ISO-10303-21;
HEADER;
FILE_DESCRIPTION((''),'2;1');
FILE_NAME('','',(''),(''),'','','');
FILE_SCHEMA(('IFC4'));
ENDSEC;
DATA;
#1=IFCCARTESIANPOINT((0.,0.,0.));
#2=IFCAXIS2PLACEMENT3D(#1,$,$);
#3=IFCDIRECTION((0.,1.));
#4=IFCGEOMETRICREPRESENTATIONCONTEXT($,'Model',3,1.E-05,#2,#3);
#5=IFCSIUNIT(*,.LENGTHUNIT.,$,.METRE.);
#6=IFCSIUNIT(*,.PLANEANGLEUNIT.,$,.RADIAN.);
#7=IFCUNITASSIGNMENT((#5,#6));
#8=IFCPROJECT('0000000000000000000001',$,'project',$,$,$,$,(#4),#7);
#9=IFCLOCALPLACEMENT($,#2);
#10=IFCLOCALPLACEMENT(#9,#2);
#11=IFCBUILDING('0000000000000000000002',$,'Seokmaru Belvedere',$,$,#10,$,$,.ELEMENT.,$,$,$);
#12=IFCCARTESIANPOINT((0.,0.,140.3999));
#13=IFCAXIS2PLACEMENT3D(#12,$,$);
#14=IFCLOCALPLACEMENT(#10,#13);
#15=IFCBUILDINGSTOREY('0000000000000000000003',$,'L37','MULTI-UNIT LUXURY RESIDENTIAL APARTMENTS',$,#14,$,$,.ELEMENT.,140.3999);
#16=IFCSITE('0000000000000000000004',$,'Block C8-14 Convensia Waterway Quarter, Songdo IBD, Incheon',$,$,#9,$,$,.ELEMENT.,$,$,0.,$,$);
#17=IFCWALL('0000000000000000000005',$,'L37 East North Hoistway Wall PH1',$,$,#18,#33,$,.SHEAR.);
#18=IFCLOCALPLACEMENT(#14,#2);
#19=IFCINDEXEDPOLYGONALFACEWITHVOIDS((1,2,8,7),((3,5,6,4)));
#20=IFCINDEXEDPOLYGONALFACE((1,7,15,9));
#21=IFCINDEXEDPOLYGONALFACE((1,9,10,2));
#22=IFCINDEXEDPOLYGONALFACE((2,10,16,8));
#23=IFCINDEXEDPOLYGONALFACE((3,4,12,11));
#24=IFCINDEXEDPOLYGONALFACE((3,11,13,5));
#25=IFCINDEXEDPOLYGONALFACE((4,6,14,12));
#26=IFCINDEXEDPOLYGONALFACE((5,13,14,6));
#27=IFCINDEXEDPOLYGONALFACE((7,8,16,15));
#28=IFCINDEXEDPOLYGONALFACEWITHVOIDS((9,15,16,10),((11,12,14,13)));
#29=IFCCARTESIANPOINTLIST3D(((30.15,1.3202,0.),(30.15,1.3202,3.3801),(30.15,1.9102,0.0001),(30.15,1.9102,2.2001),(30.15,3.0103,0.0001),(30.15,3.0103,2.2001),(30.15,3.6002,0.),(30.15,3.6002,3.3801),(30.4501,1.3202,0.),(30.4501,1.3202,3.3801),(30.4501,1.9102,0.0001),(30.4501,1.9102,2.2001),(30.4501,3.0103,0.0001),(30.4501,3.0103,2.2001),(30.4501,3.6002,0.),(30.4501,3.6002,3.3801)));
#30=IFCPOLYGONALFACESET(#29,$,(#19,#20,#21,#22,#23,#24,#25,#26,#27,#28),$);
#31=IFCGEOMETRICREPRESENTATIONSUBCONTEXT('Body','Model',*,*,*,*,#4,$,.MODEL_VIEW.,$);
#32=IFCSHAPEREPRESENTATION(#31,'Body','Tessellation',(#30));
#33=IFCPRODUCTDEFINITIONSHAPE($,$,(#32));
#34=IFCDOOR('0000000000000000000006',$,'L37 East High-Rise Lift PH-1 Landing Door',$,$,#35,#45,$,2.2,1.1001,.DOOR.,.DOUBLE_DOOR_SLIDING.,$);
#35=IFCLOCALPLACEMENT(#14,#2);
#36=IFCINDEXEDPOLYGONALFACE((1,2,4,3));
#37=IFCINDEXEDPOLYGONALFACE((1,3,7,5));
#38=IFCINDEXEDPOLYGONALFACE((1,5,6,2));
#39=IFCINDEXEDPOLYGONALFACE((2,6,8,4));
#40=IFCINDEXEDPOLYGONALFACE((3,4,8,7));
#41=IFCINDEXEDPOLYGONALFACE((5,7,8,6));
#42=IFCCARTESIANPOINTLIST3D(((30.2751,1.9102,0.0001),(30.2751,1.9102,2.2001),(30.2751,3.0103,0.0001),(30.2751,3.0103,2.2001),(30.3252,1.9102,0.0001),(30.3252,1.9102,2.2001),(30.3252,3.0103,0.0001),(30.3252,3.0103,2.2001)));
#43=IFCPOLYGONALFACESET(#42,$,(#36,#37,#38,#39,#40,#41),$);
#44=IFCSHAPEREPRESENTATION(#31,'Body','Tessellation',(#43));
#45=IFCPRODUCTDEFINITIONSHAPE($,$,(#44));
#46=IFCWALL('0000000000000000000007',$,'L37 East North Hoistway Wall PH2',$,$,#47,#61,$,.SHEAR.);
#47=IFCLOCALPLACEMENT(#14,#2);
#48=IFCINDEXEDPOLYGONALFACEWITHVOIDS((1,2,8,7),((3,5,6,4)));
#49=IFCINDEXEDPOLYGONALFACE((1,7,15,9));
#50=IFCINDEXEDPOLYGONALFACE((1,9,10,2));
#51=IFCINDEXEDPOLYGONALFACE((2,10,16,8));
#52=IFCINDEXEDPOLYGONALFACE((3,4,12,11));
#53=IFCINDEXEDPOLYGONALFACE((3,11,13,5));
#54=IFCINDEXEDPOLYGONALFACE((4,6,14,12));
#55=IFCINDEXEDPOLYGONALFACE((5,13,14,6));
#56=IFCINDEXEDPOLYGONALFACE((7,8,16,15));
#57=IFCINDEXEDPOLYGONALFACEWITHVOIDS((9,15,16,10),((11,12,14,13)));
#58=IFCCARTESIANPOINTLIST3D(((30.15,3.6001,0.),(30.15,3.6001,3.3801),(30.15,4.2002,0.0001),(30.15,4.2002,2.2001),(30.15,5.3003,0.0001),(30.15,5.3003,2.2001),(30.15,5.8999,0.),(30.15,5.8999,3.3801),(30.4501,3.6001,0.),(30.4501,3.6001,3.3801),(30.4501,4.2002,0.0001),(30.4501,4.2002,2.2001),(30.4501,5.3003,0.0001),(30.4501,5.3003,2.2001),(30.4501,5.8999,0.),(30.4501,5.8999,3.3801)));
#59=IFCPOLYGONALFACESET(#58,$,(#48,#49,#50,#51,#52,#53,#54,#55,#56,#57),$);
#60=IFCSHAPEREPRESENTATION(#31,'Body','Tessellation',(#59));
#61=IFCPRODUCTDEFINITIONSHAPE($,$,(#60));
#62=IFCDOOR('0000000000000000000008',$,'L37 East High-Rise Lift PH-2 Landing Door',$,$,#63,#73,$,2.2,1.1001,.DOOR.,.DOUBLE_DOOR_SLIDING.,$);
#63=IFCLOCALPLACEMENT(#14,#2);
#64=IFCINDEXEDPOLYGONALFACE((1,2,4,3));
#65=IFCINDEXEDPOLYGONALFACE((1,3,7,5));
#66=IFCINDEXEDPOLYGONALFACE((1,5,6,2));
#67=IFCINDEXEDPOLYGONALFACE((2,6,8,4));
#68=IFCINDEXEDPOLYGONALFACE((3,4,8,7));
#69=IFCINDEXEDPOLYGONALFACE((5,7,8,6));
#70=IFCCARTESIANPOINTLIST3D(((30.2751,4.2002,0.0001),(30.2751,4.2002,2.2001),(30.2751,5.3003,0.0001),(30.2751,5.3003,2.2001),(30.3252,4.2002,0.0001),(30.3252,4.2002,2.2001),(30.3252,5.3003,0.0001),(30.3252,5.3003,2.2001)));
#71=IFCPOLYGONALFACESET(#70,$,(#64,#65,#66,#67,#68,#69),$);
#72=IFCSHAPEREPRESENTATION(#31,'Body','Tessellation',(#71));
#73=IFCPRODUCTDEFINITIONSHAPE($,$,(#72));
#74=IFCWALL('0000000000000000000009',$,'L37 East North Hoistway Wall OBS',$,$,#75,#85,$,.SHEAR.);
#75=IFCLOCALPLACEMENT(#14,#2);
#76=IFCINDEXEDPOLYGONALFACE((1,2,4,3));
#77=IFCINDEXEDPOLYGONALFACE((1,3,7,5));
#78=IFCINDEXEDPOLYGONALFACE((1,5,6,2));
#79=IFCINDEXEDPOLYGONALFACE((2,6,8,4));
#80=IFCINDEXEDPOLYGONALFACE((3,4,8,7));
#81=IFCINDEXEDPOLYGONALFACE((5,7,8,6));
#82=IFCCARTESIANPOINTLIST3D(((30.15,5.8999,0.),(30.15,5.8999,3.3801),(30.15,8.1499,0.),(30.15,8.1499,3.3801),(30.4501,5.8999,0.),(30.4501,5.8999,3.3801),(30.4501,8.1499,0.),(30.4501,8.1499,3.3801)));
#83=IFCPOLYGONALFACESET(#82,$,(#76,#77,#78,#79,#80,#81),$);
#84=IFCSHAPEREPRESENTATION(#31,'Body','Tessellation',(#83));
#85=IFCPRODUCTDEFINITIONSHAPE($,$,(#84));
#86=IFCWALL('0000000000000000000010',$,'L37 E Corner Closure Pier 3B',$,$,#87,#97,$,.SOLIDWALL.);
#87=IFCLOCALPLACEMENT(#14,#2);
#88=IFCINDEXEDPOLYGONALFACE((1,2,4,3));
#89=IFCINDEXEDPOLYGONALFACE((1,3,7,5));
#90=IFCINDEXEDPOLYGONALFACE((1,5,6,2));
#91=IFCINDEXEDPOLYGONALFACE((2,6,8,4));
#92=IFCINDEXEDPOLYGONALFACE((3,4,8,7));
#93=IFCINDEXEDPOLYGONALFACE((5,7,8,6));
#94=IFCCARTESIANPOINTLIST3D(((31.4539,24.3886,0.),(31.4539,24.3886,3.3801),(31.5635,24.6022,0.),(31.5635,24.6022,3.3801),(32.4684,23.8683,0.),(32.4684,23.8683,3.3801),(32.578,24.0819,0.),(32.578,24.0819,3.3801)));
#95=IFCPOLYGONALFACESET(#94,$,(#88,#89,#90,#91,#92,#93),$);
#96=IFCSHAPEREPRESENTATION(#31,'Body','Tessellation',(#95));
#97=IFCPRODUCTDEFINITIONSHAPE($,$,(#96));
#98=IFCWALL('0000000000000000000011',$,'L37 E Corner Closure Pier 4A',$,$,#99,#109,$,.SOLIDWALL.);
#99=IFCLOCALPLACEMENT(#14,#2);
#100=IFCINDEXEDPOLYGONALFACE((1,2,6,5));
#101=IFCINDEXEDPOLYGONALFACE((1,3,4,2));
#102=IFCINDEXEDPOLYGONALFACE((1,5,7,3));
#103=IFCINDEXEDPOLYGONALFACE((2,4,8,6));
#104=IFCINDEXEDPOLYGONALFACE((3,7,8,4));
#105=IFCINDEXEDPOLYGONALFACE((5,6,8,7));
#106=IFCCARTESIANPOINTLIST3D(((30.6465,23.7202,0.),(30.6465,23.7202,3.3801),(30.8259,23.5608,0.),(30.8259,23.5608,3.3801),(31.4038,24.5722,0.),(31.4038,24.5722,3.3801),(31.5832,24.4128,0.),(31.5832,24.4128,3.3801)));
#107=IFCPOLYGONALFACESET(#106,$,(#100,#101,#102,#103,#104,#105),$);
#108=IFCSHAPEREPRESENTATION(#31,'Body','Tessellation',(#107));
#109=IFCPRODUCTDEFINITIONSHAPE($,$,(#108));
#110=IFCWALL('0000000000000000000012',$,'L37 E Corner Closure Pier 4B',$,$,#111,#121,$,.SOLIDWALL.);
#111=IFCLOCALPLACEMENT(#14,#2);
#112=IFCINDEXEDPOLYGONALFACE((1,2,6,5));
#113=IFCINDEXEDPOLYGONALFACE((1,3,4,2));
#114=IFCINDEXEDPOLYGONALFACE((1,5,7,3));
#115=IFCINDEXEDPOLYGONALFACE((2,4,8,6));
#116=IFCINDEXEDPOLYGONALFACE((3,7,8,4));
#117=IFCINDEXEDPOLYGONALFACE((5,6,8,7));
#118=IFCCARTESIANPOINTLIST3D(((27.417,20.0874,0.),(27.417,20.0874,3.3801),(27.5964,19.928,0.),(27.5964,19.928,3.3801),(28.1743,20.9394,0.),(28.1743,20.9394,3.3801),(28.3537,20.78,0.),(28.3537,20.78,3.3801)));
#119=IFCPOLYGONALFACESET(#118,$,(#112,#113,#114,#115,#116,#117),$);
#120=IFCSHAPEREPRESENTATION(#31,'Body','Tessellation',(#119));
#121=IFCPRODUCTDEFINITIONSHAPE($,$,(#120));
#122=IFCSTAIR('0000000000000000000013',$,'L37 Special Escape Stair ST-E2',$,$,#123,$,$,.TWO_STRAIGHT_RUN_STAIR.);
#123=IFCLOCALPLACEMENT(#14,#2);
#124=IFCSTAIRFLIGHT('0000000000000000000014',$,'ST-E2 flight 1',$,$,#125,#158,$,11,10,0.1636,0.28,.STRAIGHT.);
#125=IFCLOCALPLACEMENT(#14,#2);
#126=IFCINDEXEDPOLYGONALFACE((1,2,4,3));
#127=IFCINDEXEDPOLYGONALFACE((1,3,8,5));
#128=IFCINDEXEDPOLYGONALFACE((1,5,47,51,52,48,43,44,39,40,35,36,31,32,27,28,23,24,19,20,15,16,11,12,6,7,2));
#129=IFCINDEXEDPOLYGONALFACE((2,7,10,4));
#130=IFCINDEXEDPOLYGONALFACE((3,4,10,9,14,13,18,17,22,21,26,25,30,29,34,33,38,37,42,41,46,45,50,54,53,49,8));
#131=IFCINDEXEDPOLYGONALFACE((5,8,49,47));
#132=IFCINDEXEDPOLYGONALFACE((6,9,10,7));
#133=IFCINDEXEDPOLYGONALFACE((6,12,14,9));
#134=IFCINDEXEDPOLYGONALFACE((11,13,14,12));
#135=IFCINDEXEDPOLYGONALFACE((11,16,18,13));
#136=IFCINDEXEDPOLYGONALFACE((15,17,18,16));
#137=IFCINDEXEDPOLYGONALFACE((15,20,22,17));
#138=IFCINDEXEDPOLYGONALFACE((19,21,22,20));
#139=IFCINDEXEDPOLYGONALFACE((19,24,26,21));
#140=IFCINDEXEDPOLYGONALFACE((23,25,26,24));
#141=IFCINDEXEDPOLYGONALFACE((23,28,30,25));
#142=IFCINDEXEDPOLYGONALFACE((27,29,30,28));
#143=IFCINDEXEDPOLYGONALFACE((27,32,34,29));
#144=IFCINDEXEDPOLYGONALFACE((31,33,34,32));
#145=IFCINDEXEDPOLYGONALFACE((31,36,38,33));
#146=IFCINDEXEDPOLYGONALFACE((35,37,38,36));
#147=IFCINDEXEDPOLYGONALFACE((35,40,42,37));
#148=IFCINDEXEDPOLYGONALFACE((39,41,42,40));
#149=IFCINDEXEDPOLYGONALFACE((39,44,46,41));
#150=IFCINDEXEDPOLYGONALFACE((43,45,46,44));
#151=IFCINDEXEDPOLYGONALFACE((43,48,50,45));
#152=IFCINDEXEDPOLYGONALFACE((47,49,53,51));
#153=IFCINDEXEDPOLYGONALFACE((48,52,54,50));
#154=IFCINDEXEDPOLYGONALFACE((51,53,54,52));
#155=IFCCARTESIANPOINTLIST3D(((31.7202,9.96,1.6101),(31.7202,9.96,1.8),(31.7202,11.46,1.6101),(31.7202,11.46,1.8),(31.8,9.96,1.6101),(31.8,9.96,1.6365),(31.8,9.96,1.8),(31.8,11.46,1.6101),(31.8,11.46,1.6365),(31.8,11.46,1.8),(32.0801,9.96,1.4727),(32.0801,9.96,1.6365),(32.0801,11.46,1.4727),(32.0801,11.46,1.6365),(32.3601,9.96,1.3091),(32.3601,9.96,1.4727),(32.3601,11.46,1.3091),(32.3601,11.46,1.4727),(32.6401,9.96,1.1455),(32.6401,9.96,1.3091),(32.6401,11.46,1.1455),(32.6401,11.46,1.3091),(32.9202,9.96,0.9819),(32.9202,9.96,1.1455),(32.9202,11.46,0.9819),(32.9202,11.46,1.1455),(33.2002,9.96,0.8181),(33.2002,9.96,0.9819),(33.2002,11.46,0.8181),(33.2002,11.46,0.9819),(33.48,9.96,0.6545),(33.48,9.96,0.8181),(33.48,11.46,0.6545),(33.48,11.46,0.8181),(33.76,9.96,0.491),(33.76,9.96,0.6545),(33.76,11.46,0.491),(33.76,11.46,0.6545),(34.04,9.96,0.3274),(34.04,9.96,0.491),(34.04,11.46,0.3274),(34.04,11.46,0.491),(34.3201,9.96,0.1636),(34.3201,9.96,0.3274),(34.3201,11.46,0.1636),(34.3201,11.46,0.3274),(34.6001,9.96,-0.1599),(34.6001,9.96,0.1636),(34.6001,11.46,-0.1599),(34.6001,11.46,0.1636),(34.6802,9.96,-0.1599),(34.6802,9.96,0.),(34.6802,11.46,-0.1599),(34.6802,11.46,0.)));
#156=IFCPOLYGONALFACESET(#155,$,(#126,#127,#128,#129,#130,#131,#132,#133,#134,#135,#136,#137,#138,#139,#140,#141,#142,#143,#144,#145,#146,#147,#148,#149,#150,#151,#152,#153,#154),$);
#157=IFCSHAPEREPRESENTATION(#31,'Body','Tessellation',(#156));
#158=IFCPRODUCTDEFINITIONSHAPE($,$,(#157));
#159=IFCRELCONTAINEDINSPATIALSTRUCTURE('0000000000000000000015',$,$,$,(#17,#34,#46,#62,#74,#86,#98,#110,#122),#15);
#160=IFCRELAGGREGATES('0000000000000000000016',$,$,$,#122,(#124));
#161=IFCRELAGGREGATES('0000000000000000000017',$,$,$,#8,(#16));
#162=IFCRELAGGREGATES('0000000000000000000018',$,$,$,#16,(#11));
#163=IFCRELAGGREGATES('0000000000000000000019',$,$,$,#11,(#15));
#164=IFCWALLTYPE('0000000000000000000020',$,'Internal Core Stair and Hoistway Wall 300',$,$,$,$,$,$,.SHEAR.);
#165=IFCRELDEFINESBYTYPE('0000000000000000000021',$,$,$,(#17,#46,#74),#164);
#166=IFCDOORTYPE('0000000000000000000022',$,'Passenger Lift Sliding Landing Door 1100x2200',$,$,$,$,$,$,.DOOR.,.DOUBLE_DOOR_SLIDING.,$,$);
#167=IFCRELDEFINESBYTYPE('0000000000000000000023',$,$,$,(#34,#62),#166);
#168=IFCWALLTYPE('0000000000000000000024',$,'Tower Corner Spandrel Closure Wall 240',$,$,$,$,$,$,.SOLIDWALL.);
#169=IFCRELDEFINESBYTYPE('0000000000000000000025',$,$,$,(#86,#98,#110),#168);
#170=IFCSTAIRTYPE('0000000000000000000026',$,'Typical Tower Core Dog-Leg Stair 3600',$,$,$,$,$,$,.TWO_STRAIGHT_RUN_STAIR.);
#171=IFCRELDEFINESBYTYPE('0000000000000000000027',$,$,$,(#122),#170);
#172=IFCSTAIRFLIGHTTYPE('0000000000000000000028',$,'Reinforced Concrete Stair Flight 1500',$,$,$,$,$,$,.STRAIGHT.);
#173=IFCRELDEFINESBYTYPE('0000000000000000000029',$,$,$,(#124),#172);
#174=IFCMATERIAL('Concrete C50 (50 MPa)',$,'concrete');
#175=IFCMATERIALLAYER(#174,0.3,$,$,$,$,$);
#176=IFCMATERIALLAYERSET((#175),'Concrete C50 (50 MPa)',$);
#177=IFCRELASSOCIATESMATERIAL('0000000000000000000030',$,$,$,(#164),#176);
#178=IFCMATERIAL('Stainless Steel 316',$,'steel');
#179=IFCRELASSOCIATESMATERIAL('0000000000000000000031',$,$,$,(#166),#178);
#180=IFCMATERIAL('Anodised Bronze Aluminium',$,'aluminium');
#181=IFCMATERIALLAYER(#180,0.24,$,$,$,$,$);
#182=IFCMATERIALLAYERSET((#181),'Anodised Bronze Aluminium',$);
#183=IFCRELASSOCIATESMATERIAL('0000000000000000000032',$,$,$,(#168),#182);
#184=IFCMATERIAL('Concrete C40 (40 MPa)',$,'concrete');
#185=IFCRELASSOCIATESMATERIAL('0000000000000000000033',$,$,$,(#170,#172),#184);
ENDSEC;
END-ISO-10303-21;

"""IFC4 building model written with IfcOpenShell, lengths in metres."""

from ifc_helpers import new_model, si_unit, direction, frame, frame_2d, origin, place, context, subcontext, project, spatial, polyline, rectangle, outline, extrude, source, transform, mapped, material, layer, layer_set, type_object, type_shapes, element, fill, aggregate, save


model = new_model("IFC4")

# Units and contexts
model_context = context("Model", 3, precision=1e-05, world=origin(), true_north=direction((0.0, 1.0)))
body_context = subcontext(model_context, "Body", "Model", "MODEL_VIEW")
ifc_project = project(units=[si_unit("LENGTHUNIT", "METRE"), si_unit("PLANEANGLEUNIT", "RADIAN")], contexts=[model_context])

# Site, building, storey
site_placement = place(None, origin())
site = spatial("IfcSite", under=ifc_project, at=site_placement, Name="Block C8-14 Convensia Waterway Quarter, Songdo IBD, Incheon", CompositionType="ELEMENT", RefElevation=0.0)
building_placement = place(site_placement, origin())
building = spatial("IfcBuilding", under=site, at=building_placement, Name="Seokmaru Belvedere", CompositionType="ELEMENT")
storey_placement = place(building_placement, frame((0.0, 0.0, 140.3999)))
storey = spatial("IfcBuildingStorey", under=building, at=storey_placement, Name="L37", Description="MULTI-UNIT LUXURY RESIDENTIAL APARTMENTS", CompositionType="ELEMENT", Elevation=140.3999)

# Shared definitions
ifc_material_1 = material(Name="Anodised Bronze Aluminium", Category="aluminium")

# Walls, openings, doors
ifc_material_2 = material(Name="Concrete C50 (50 MPa)", Category="concrete")
ifc_layer_1 = layer(ifc_material_2, 0.3)
ifc_layer_set_1 = layer_set([ifc_layer_1], Name="Concrete C50 (50 MPa)")
wall_type_1 = type_object("IfcWallType", Name="Internal Core Stair and Hoistway Wall 300", PredefinedType="SHEAR", material=ifc_layer_set_1)
wall_1_placement = place(storey_placement, frame((30.3, 1.3201, 0.0), z_axis=(0.0, 0.0, 1.0), x_axis=(0.0, 1.0, 0.0)))
wall_1 = element("IfcWall", 1, at=wall_1_placement, inside=storey, type_object=wall_type_1, Name="L37 East North Hoistway Wall PH1", PredefinedType="SHEAR", context=body_context, shape_type="SweptSolid", body=[
    extrude(rectangle(XDim=2.28, YDim=0.3, at=frame_2d((1.1401, 0.0))), origin(), (0.0, 0.0, 1.0), 3.3801),
])
opening_1_placement = place(wall_1_placement, frame((0.5901, 0.0, 0.0)))
opening_1 = element("IfcOpeningElement", 2, at=opening_1_placement, cuts=wall_1, PredefinedType="OPENING", context=body_context, shape_type="SweptSolid", body=[
    extrude(rectangle(XDim=1.1001, YDim=2.2, at=frame_2d((0.55, 1.1001))), frame((0.0, 0.1602, 0.0), z_axis=(0.0, -1.0, 0.0), x_axis=(1.0, 0.0, 0.0)), (0.0, 0.0, 1.0), 0.3201),
])
ifc_material_3 = material(Name="Stainless Steel 316", Category="steel")
door_type_1 = type_object("IfcDoorType", Name="Passenger Lift Sliding Landing Door 1100x2200", OperationType="DOUBLE_DOOR_SLIDING", PredefinedType="DOOR", material=ifc_material_3)
shared_shape_1 = source(origin(), body_context, "Body", "SweptSolid", [
    extrude(rectangle(XDim=1.1001, YDim=2.2, at=frame_2d((0.55, 1.1001))), frame((0.0, 0.0249, 0.0), z_axis=(0.0, -1.0, 0.0), x_axis=(1.0, 0.0, 0.0)), (0.0, 0.0, 1.0), 0.05),
])
type_shapes(door_type_1, [shared_shape_1])
door_1_placement = place(opening_1_placement, origin())
door_1 = element("IfcDoor", 3, at=door_1_placement, inside=storey, type_object=door_type_1, Name="L37 East High-Rise Lift PH-1 Landing Door", OperationType="DOUBLE_DOOR_SLIDING", OverallHeight=2.2, OverallWidth=1.1001, PredefinedType="DOOR", context=body_context, shape_type="MappedRepresentation", body=[
    mapped(shared_shape_1, transform((0.0, 0.0, 0.0), scale=1.0)),
])
fill(opening_1, door_1)
wall_2_placement = place(storey_placement, frame((30.3, 3.6001, 0.0), z_axis=(0.0, 0.0, 1.0), x_axis=(0.0, 1.0, 0.0)))
wall_2 = element("IfcWall", 4, at=wall_2_placement, inside=storey, type_object=wall_type_1, Name="L37 East North Hoistway Wall PH2", PredefinedType="SHEAR", context=body_context, shape_type="SweptSolid", body=[
    extrude(rectangle(XDim=2.2998, YDim=0.3, at=frame_2d((1.1499, 0.0))), origin(), (0.0, 0.0, 1.0), 3.3801),
])
opening_2_placement = place(wall_2_placement, frame((0.6001, 0.0, 0.0)))
opening_2 = element("IfcOpeningElement", 5, at=opening_2_placement, cuts=wall_2, PredefinedType="OPENING", context=body_context, shape_type="SweptSolid", body=[
    extrude(rectangle(XDim=1.1001, YDim=2.2, at=frame_2d((0.55, 1.1001))), frame((0.0, 0.1602, 0.0), z_axis=(0.0, -1.0, 0.0), x_axis=(1.0, 0.0, 0.0)), (0.0, 0.0, 1.0), 0.3201),
])
door_2_placement = place(opening_2_placement, origin())
door_2 = element("IfcDoor", 6, at=door_2_placement, inside=storey, type_object=door_type_1, Name="L37 East High-Rise Lift PH-2 Landing Door", OperationType="DOUBLE_DOOR_SLIDING", OverallHeight=2.2, OverallWidth=1.1001, PredefinedType="DOOR", context=body_context, shape_type="MappedRepresentation", body=[
    mapped(shared_shape_1, transform((0.0, 0.0, 0.0), scale=1.0)),
])
fill(opening_2, door_2)

# Wall
wall_3_placement = place(storey_placement, frame((30.3, 5.8999, 0.0), z_axis=(0.0, 0.0, 1.0), x_axis=(0.0, 1.0, 0.0)))
element("IfcWall", 7, at=wall_3_placement, inside=storey, type_object=wall_type_1, Name="L37 East North Hoistway Wall OBS", PredefinedType="SHEAR", context=body_context, shape_type="SweptSolid", body=[
    extrude(rectangle(XDim=2.25, YDim=0.3, at=frame_2d((1.125, 0.0))), origin(), (0.0, 0.0, 1.0), 3.3801),
])

# Walls
ifc_layer_2 = layer(ifc_material_1, 0.24)
ifc_layer_set_2 = layer_set([ifc_layer_2], Name="Anodised Bronze Aluminium")
wall_type_2 = type_object("IfcWallType", Name="Tower Corner Spandrel Closure Wall 240", PredefinedType="SOLIDWALL", material=ifc_layer_set_2)
wall_4_placement = place(storey_placement, frame((32.5232, 23.9751, 0.0), z_axis=(0.0, 0.0, 1.0), x_axis=(-0.889797, 0.456356, 0.0)))
element("IfcWall", 8, at=wall_4_placement, inside=storey, type_object=wall_type_2, Name="L37 E Corner Closure Pier 3B", PredefinedType="SOLIDWALL", context=body_context, shape_type="SweptSolid", body=[
    extrude(rectangle(XDim=1.1401, YDim=0.24, at=frame_2d((0.5701, 0.0))), origin(), (0.0, 0.0, 1.0), 3.3801),
])
for number, where, z_axis, x_axis, name in (
    (9, (31.4934, 24.4924, 0.0), (0.0, 0.0, 1.0), (-0.664337, -0.747433, 0.0), "L37 E Corner Closure Pier 4A"),
    (10, (28.2639, 20.8596, 0.0), (0.0, 0.0, 1.0), (-0.664337, -0.747433, 0.0), "L37 E Corner Closure Pier 4B"),
):
    element("IfcWall", number, at=place(storey_placement, frame(where, z_axis=z_axis, x_axis=x_axis)), inside=storey, type_object=wall_type_2, Name=name, PredefinedType="SOLIDWALL", context=body_context, shape_type="SweptSolid", body=[
        extrude(rectangle(XDim=1.1399, YDim=0.24, at=frame_2d((0.5698, 0.0))), origin(), (0.0, 0.0, 1.0), 3.3801),
    ])

# Stair, stair flight
ifc_material_4 = material(Name="Concrete C40 (40 MPa)", Category="concrete")
stair_type = type_object("IfcStairType", Name="Typical Tower Core Dog-Leg Stair 3600", PredefinedType="TWO_STRAIGHT_RUN_STAIR", material=ifc_material_4)
stair_placement = place(storey_placement, origin())
stair = element("IfcStair", 11, at=stair_placement, inside=storey, type_object=stair_type, Name="L37 Special Escape Stair ST-E2", PredefinedType="TWO_STRAIGHT_RUN_STAIR")
stair_flight_type = type_object("IfcStairFlightType", Name="Reinforced Concrete Stair Flight 1500", PredefinedType="STRAIGHT", material=ifc_material_4)
stair_flight_1_placement = place(storey_placement, frame((34.6001, 10.71, 0.0), z_axis=(0.0, 0.0, 1.0), x_axis=(-1.0, 0.0, 0.0)))
stair_flight_1 = element("IfcStairFlight", 12, at=stair_flight_1_placement, type_object=stair_flight_type, Name="ST-E2 flight 1", NumberOfRisers=11, NumberOfTreads=10, PredefinedType="STRAIGHT", RiserHeight=0.1636, TreadLength=0.28, context=body_context, shape_type="SweptSolid", body=[
    extrude(outline(polyline([(-0.0801, 0.0), (0.0, 0.1636), (0.28, 0.1636), (0.28, 0.3274), (0.5601, 0.3274), (0.5601, 0.491), (0.8401, 0.491), (0.8401, 0.6545), (1.1201, 0.6545), (1.1201, 0.8181), (1.3999, 0.8181), (1.3999, 0.9819), (1.6799, 0.9819), (1.6799, 1.1455), (1.96, 1.1455), (1.96, 1.3091), (2.24, 1.3091), (2.24, 1.4727), (2.52, 1.4727), (2.52, 1.6365), (2.8, 1.6365), (2.8, 1.8), (2.8799, 1.8), (2.8799, 1.6101), (2.8, 1.6101), (0.0, -0.1599), (-0.0801, -0.1599), (-0.0801, 0.0)])), frame((0.0, 0.75, 0.0), z_axis=(0.0, -1.0, 0.0), x_axis=(1.0, 0.0, 0.0)), (0.0, 0.0, 1.0), 1.5),
])
aggregate(stair, [stair_flight_1])

save(model, "model.ifc")
